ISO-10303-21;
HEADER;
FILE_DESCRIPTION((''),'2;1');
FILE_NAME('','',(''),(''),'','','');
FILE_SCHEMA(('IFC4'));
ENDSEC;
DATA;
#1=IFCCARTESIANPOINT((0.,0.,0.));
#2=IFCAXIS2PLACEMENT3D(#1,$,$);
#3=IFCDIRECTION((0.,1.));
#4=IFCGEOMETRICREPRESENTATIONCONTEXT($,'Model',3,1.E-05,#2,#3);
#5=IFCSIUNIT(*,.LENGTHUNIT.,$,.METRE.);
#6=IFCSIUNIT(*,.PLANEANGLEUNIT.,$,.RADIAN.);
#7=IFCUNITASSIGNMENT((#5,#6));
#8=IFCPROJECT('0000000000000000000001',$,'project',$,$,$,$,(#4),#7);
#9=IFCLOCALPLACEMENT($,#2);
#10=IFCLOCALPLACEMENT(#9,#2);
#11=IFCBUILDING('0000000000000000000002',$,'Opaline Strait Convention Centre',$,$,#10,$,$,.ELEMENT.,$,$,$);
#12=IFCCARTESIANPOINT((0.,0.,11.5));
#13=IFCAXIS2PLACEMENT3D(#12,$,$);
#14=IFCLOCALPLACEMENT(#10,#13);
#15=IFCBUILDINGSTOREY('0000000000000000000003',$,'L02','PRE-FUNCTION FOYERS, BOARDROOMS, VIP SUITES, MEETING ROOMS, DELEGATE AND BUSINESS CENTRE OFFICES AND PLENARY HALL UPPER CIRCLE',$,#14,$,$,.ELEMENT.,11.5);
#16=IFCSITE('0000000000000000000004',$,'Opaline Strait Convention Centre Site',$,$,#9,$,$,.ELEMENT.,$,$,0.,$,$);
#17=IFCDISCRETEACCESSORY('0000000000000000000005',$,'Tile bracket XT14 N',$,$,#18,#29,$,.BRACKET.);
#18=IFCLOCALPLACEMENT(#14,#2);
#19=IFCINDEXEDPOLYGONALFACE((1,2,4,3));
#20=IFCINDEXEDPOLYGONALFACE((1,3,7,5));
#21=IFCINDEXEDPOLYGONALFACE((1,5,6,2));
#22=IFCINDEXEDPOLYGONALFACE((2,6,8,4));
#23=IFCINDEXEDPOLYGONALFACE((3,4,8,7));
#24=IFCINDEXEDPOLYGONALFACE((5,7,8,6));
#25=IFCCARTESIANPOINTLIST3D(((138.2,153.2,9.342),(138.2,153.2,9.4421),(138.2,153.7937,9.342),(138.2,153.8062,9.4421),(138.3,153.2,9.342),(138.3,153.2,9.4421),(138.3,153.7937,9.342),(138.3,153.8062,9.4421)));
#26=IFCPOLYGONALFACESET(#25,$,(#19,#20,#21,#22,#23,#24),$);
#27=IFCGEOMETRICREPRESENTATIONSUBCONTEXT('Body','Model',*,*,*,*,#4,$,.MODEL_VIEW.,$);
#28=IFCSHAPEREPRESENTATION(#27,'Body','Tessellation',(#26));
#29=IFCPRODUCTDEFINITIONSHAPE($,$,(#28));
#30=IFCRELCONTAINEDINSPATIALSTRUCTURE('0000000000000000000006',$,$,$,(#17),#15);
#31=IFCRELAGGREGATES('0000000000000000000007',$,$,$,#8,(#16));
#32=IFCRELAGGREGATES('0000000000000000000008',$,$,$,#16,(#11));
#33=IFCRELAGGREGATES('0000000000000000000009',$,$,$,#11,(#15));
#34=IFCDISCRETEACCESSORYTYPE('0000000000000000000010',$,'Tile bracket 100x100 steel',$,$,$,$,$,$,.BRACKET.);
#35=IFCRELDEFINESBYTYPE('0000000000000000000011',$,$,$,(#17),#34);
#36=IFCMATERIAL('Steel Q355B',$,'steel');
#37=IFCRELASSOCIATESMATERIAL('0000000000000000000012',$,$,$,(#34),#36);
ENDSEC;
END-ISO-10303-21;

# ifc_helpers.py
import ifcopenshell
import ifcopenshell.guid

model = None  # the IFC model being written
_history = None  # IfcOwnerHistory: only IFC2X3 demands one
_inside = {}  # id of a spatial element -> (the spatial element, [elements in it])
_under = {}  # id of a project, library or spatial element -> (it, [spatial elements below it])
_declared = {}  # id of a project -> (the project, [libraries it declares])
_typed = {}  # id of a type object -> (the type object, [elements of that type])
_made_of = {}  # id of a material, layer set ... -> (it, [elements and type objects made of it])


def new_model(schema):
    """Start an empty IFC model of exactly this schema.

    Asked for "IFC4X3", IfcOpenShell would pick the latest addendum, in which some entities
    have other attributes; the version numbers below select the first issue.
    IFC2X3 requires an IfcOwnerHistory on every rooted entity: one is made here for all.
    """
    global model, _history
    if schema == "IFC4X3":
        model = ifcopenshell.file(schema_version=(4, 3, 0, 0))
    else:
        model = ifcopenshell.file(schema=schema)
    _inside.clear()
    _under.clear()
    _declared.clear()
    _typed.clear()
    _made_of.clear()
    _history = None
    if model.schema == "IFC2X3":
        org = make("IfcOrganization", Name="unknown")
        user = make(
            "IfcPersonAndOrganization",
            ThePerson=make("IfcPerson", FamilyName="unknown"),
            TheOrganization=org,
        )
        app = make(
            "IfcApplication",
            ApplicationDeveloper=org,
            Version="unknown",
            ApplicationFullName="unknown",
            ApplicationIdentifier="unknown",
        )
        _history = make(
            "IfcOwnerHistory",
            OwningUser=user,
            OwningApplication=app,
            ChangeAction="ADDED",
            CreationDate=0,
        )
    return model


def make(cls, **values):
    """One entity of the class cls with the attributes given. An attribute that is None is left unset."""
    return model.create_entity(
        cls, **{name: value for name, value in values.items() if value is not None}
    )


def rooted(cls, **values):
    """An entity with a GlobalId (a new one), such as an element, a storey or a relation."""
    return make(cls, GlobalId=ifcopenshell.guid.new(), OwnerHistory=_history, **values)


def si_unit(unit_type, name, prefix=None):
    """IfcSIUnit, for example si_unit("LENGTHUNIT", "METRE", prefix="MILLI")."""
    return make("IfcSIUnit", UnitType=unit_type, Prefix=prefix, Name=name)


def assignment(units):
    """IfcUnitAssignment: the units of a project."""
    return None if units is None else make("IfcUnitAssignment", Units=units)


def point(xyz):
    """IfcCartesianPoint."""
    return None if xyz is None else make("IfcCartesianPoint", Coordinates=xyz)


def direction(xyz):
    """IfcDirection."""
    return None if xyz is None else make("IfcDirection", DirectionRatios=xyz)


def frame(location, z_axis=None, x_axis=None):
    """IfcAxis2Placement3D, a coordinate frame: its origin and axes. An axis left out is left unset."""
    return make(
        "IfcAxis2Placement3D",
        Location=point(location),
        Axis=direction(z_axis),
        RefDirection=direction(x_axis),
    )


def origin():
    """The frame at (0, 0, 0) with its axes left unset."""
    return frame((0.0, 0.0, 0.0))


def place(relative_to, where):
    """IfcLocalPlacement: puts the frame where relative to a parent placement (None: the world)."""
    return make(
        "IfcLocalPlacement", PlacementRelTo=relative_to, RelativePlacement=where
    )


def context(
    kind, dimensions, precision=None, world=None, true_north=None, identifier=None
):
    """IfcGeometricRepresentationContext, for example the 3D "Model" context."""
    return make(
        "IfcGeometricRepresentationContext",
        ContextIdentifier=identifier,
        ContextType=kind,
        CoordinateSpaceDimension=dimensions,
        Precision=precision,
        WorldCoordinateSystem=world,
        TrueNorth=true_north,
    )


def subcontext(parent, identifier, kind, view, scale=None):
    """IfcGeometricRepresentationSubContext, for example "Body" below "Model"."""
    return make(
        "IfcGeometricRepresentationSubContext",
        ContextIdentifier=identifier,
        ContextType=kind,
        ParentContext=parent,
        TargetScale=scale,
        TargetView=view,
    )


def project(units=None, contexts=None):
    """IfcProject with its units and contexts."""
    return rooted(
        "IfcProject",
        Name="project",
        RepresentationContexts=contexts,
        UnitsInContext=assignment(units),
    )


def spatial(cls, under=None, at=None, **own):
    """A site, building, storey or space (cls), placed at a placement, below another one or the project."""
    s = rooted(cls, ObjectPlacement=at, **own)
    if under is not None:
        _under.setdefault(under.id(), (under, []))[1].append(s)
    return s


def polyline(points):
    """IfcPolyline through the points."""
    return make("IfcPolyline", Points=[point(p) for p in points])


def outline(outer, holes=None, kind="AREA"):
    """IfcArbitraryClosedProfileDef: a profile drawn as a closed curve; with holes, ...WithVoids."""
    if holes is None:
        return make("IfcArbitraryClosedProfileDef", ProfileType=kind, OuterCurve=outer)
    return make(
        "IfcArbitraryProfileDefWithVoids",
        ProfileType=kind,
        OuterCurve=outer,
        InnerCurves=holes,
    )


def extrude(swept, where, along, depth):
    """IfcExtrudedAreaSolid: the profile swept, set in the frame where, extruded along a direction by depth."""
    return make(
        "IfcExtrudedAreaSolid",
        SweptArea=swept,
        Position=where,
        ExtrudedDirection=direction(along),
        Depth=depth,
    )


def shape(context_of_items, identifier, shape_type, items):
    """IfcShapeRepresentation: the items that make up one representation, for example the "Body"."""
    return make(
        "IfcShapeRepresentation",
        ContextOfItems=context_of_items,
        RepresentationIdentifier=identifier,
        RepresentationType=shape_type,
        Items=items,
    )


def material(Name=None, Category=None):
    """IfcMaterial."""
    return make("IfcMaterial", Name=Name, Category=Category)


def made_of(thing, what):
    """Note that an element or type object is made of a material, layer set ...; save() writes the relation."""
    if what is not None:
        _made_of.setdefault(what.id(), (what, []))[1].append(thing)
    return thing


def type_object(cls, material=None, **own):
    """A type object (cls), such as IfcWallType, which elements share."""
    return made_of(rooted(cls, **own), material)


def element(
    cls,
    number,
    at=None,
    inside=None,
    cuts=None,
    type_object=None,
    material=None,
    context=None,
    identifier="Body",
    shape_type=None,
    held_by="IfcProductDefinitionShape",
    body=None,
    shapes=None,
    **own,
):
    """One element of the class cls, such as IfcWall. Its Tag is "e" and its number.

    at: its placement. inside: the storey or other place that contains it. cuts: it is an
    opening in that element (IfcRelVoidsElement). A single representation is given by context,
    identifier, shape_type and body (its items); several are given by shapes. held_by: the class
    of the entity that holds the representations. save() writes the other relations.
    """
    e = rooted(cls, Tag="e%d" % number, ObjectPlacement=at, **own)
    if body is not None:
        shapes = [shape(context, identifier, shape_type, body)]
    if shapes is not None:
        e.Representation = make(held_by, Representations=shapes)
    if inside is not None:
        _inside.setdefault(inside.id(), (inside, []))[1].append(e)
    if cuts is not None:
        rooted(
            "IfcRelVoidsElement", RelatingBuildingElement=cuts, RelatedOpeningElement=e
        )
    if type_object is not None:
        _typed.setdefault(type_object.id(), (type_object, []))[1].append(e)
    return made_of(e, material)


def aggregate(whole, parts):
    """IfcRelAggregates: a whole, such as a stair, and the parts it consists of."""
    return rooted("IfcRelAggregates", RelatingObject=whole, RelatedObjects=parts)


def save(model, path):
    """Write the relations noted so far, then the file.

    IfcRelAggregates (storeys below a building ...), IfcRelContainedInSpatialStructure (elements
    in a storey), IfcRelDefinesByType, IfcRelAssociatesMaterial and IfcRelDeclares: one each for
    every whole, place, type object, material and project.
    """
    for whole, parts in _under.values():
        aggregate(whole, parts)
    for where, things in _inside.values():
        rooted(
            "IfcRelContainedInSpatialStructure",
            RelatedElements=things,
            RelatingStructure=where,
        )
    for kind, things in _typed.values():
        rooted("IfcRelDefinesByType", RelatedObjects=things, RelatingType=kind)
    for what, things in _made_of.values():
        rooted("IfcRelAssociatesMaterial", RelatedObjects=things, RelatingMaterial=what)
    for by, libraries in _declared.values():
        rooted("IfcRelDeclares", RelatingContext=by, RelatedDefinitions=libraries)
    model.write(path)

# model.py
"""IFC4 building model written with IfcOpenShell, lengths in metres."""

from ifc_helpers import new_model, si_unit, direction, frame, origin, place, context, subcontext, project, spatial, polyline, outline, extrude, material, type_object, element, save


model = new_model("IFC4")

# Units and contexts
model_context = context("Model", 3, precision=1e-05, world=origin(), true_north=direction((0.0, 1.0)))
body_context = subcontext(model_context, "Body", "Model", "MODEL_VIEW")
ifc_project = project(units=[si_unit("LENGTHUNIT", "METRE"), si_unit("PLANEANGLEUNIT", "RADIAN")], contexts=[model_context])

# Site, building, storey
site_placement = place(None, origin())
site = spatial("IfcSite", under=ifc_project, at=site_placement, Name="Opaline Strait Convention Centre Site", CompositionType="ELEMENT", RefElevation=0.0)
building_placement = place(site_placement, origin())
building = spatial("IfcBuilding", under=site, at=building_placement, Name="Opaline Strait Convention Centre", CompositionType="ELEMENT")
storey_placement = place(building_placement, frame((0.0, 0.0, 11.5)))
storey = spatial("IfcBuildingStorey", under=building, at=storey_placement, Name="L02", Description="PRE-FUNCTION FOYERS, BOARDROOMS, VIP SUITES, MEETING ROOMS, DELEGATE AND BUSINESS CENTRE OFFICES AND PLENARY HALL UPPER CIRCLE", CompositionType="ELEMENT", Elevation=11.5)

# Shared definitions
ifc_material_1 = material(Name="Steel Q355B", Category="steel")

# Discrete accessory
discrete_accessory_type = type_object("IfcDiscreteAccessoryType", Name="Tile bracket 100x100 steel", PredefinedType="BRACKET", material=ifc_material_1)
discrete_accessory_1_placement = place(storey_placement, frame((138.3, 153.2, 9.3921), z_axis=(-1.0, 0.0, 0.0), x_axis=(0.0, -1.0, 0.0)))
element("IfcDiscreteAccessory", 1, at=discrete_accessory_1_placement, inside=storey, type_object=discrete_accessory_type, Name="Tile bracket XT14 N", PredefinedType="BRACKET", context=body_context, shape_type="SweptSolid", body=[
    extrude(outline(polyline([(0.0, -0.05), (0.0, 0.05), (-0.6062, 0.05), (-0.5938, -0.05), (0.0, -0.05)])), origin(), (0.0, 0.0, 1.0), 0.1001),
])

save(model, "model.ifc")
